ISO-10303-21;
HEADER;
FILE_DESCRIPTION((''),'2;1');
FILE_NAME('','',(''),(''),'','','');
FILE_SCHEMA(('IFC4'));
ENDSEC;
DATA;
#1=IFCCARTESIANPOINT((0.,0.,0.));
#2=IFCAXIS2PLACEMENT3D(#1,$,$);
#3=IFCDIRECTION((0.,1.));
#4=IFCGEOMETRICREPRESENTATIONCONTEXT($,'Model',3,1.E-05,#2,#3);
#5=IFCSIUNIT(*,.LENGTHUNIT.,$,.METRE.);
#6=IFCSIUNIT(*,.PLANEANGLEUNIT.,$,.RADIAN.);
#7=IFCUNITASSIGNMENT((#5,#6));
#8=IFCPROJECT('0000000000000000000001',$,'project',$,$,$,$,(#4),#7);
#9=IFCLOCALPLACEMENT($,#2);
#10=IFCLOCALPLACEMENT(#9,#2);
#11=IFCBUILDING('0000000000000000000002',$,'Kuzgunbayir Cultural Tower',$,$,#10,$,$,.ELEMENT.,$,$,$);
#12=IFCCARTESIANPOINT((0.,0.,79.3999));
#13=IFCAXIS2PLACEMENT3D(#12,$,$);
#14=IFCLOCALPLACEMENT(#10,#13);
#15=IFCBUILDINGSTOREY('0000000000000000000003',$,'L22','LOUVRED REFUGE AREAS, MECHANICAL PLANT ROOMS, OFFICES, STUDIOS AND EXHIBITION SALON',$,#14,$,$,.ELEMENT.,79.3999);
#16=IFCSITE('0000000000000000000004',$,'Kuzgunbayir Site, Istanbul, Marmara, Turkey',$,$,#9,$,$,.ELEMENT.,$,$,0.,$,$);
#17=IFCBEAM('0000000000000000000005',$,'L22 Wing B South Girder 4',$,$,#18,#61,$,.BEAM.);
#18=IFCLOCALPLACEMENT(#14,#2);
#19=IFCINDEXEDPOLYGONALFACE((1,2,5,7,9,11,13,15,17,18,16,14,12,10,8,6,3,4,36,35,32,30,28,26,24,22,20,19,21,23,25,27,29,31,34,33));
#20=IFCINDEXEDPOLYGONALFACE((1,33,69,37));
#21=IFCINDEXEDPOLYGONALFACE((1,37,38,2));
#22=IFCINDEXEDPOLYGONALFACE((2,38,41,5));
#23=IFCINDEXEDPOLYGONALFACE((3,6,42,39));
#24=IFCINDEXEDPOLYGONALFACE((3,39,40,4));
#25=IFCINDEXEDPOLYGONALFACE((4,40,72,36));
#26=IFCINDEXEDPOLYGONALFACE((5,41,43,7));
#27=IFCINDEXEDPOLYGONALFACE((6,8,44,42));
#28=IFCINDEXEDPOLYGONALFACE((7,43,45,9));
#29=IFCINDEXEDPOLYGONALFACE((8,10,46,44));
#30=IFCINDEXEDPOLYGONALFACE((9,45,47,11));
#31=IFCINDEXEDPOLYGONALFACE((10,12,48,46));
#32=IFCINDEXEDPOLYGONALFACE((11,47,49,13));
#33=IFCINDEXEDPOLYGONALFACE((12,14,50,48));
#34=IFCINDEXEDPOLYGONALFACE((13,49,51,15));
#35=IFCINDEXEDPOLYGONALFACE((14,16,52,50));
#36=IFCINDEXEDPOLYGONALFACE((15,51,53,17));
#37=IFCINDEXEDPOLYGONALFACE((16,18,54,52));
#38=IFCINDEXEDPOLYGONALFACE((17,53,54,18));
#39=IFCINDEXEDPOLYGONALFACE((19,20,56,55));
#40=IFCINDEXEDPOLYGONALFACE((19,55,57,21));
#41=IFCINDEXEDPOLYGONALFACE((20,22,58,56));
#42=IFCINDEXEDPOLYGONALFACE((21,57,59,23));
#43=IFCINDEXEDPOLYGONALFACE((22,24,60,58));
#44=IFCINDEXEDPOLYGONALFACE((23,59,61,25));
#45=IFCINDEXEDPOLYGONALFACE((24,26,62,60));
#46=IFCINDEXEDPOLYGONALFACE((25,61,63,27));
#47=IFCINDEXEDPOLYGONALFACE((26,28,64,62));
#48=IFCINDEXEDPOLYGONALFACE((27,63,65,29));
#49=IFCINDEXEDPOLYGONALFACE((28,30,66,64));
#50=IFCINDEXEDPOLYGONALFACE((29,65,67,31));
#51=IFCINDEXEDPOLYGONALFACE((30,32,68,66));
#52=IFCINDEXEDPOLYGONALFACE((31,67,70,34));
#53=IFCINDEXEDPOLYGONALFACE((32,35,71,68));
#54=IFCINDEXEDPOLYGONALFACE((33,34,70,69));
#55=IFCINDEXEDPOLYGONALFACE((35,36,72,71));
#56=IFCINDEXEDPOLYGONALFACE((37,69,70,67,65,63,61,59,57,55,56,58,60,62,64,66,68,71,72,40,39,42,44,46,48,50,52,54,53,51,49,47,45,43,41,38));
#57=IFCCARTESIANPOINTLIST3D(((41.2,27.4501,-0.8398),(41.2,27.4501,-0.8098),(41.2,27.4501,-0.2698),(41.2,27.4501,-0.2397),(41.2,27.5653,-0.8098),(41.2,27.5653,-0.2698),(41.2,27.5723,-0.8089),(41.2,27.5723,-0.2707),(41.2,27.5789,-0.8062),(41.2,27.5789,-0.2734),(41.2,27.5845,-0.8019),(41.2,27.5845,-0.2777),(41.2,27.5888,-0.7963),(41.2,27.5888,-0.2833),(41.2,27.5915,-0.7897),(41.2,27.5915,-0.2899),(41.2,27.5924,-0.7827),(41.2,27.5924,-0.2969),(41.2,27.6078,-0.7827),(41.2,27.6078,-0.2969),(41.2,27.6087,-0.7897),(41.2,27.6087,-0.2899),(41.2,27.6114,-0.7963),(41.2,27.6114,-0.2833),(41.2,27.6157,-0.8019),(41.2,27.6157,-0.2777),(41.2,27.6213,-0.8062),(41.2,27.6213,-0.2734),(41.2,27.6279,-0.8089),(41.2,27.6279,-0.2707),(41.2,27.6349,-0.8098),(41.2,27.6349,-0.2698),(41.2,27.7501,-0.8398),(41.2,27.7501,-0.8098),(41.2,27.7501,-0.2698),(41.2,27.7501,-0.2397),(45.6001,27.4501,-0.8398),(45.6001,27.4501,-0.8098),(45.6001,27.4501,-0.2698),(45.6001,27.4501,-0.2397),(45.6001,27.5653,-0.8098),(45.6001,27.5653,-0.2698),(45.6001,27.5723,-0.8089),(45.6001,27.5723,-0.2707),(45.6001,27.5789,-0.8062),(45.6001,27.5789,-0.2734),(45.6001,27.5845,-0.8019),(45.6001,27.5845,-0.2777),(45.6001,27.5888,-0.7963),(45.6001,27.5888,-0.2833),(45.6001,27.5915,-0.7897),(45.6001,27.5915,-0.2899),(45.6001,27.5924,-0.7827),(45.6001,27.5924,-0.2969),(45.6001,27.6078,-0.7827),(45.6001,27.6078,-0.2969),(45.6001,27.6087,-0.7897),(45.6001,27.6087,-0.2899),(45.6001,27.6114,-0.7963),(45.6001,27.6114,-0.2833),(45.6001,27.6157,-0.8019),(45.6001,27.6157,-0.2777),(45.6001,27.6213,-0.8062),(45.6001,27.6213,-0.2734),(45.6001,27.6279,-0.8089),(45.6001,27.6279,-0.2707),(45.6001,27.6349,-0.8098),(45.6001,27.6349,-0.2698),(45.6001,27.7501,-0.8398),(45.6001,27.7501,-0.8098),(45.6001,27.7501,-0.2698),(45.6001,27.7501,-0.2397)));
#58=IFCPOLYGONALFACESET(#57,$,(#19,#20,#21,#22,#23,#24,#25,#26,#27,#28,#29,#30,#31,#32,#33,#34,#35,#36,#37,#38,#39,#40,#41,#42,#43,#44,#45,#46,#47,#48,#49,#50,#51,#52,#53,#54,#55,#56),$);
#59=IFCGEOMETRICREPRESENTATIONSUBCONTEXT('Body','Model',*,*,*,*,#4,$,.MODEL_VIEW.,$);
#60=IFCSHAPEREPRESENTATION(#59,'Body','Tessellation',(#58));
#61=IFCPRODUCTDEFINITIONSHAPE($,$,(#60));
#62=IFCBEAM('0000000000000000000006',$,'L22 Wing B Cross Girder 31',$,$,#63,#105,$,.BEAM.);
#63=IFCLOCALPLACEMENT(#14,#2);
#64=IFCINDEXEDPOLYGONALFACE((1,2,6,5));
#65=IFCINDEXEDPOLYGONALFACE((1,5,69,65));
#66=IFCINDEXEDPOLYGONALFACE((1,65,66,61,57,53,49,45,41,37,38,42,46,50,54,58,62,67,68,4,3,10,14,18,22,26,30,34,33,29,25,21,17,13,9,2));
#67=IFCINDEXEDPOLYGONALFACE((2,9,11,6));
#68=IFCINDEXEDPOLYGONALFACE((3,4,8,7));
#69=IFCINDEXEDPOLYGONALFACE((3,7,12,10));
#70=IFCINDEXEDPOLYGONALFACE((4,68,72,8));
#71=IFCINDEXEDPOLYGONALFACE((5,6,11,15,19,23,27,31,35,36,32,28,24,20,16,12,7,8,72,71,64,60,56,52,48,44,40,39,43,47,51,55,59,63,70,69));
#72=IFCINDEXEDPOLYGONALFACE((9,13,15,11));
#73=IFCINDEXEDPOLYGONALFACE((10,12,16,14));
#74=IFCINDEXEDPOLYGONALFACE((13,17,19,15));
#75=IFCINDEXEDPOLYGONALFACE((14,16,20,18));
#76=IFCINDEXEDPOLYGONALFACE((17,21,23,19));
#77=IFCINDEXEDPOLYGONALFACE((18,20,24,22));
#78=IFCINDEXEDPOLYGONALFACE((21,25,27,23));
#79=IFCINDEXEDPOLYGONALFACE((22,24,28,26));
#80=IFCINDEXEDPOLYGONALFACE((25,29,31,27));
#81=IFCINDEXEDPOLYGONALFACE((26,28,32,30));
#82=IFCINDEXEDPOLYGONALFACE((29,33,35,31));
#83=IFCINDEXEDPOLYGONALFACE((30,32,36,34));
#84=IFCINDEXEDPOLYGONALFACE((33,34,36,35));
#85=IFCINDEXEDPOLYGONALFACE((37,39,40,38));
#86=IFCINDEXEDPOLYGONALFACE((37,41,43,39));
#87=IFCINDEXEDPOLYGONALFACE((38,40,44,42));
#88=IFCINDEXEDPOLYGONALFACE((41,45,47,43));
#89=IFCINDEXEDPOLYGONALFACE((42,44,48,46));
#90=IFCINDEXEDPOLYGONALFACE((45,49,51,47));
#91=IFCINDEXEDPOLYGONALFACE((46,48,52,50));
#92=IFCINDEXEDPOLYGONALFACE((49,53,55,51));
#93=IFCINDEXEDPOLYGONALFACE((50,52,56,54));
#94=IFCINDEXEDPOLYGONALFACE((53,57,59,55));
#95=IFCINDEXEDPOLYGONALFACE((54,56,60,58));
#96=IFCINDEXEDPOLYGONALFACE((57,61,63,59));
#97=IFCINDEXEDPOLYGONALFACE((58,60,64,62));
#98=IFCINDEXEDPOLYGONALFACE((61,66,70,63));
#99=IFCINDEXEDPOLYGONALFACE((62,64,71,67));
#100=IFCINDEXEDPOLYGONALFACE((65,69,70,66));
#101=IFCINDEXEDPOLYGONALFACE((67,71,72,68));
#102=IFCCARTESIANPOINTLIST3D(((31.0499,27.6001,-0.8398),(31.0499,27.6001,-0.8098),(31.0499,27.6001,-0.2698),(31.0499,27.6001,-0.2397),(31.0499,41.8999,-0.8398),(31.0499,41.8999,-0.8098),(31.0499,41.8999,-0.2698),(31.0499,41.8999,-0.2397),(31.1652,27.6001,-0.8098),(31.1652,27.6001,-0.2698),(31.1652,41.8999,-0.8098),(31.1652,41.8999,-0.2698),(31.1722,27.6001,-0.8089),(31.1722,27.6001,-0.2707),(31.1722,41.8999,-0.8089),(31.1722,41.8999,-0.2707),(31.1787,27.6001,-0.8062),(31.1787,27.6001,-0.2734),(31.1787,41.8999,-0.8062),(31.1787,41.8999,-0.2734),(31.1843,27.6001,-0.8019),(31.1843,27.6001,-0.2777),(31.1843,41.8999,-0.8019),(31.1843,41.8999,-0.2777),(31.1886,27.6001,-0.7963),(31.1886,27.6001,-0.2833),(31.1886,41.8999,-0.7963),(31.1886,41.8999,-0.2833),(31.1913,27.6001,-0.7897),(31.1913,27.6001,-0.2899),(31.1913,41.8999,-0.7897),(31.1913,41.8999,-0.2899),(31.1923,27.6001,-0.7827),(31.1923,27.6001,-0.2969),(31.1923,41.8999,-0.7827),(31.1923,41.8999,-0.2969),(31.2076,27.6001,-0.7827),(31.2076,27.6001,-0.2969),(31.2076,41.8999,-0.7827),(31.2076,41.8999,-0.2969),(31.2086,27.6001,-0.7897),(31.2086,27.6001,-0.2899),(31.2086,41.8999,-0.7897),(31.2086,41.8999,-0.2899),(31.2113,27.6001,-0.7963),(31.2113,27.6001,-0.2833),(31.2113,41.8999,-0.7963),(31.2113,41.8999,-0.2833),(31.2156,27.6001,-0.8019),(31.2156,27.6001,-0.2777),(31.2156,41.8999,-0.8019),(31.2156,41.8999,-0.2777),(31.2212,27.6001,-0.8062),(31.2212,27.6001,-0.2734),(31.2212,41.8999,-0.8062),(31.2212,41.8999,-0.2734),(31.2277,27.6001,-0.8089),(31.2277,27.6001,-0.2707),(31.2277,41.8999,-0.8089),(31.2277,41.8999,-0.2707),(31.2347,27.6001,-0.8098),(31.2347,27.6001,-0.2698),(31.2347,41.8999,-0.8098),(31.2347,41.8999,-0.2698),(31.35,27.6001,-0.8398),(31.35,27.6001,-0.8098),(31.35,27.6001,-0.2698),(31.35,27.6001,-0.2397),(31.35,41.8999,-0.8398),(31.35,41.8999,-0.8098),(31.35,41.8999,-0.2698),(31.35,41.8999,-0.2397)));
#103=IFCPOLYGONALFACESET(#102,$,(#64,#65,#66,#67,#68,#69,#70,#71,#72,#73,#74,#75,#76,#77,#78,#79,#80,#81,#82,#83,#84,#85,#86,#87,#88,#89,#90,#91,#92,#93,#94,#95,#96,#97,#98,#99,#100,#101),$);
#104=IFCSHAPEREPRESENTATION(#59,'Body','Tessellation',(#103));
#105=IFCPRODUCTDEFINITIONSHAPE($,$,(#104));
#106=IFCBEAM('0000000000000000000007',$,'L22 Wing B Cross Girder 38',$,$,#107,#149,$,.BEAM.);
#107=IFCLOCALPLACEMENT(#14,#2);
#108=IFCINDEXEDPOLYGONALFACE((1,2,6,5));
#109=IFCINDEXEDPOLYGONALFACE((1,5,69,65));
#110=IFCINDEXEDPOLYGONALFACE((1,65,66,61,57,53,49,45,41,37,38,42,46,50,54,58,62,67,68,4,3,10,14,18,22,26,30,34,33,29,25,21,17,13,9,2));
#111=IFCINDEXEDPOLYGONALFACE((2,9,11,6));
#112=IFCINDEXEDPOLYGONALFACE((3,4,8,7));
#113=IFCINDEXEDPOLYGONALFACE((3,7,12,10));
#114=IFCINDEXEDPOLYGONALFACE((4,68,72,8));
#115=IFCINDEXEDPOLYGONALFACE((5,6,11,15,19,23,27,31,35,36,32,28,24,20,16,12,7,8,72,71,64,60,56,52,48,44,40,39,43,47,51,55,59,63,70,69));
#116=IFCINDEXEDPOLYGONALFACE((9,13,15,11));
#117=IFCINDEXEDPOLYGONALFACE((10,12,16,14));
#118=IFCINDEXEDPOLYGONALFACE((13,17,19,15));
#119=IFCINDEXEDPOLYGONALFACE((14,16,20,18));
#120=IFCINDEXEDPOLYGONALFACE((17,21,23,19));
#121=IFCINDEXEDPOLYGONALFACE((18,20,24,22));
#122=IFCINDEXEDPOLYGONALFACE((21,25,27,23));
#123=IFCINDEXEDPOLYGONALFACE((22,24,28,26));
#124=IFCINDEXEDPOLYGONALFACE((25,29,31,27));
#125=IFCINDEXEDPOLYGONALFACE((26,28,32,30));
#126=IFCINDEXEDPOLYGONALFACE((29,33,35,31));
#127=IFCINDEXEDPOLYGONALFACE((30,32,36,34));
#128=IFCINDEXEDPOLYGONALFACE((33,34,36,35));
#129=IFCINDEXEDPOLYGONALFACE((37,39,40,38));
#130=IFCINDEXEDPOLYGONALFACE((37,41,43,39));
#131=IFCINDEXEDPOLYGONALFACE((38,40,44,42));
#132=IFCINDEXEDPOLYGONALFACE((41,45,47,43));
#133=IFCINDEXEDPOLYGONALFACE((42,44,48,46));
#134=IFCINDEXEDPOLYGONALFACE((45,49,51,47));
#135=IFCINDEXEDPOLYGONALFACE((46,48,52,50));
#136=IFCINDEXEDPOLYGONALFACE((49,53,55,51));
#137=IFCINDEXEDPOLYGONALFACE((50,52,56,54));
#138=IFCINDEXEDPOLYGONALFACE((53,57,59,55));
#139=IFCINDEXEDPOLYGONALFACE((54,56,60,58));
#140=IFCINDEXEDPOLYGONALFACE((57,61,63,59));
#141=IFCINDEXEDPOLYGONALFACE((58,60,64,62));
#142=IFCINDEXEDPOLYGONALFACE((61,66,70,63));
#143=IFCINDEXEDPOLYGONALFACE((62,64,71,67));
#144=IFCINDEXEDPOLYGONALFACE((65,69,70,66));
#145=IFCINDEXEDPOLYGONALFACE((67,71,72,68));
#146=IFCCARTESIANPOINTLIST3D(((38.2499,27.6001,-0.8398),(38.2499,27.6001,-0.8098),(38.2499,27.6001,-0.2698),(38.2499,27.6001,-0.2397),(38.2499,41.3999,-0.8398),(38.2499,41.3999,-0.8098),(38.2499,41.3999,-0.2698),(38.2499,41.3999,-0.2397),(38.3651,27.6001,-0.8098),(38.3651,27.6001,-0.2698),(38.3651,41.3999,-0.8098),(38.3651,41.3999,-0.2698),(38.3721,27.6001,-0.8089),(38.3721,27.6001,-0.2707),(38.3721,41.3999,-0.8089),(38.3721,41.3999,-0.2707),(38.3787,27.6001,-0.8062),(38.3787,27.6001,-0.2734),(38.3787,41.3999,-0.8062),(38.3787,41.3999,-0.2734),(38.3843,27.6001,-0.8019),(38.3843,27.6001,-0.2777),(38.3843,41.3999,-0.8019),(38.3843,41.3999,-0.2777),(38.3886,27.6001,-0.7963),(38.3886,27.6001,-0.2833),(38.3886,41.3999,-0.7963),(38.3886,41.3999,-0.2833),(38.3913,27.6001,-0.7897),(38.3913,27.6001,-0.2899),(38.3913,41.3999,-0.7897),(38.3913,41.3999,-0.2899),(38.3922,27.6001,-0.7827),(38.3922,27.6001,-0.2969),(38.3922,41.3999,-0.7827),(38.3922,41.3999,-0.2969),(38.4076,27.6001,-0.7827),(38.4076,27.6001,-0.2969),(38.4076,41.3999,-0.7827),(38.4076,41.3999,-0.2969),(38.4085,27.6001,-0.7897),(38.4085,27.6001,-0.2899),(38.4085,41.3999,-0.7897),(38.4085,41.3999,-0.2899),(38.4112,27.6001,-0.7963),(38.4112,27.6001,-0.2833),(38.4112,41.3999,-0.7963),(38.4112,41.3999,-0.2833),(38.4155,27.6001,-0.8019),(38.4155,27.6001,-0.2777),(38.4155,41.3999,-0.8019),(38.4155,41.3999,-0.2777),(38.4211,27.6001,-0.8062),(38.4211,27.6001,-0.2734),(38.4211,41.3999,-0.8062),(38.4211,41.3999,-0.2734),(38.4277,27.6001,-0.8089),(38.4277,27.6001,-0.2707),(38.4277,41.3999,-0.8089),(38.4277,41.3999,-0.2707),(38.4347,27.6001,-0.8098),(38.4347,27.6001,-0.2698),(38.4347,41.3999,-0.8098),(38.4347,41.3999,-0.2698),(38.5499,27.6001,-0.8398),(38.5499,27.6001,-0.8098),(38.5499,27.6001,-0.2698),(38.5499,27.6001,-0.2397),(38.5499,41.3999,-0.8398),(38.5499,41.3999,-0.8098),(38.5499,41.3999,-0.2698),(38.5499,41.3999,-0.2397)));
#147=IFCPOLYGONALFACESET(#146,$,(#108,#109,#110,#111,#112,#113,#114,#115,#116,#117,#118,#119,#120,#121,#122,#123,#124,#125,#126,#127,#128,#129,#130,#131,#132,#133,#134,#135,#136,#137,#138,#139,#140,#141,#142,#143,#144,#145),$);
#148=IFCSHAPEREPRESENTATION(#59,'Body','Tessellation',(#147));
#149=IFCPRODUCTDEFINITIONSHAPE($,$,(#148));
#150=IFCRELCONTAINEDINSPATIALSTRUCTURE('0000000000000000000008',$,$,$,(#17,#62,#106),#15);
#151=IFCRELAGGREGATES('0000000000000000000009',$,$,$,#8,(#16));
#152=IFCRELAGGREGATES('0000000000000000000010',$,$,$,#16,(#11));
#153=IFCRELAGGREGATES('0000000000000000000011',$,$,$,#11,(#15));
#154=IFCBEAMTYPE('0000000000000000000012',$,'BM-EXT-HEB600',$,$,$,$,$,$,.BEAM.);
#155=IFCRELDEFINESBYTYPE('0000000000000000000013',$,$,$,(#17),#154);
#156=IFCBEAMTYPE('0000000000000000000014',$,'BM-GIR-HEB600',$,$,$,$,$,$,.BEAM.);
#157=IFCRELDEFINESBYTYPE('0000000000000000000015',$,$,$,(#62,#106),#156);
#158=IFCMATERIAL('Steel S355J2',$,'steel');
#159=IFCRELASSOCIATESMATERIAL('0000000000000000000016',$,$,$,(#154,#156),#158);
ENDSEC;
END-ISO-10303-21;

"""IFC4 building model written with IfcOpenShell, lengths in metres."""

from ifc_helpers import new_model, si_unit, direction, frame, origin, origin_2d, place, context, subcontext, project, spatial, i_section, extrude, material, material_profile, profile_set, type_object, element, save


model = new_model("IFC4")

# Units and contexts
model_context = context("Model", 3, precision=1e-05, world=origin(), true_north=direction((0.0, 1.0)))
body_context = subcontext(model_context, "Body", "Model", "MODEL_VIEW")
ifc_project = project(units=[si_unit("LENGTHUNIT", "METRE"), si_unit("PLANEANGLEUNIT", "RADIAN")], contexts=[model_context])

# Site, building, storey
site_placement = place(None, origin())
site = spatial("IfcSite", under=ifc_project, at=site_placement, Name="Kuzgunbayir Site, Istanbul, Marmara, Turkey", CompositionType="ELEMENT", RefElevation=0.0)
building_placement = place(site_placement, origin())
building = spatial("IfcBuilding", under=site, at=building_placement, Name="Kuzgunbayir Cultural Tower", CompositionType="ELEMENT")
storey_placement = place(building_placement, frame((0.0, 0.0, 79.3999)))
storey = spatial("IfcBuildingStorey", under=building, at=storey_placement, Name="L22", Description="LOUVRED REFUGE AREAS, MECHANICAL PLANT ROOMS, OFFICES, STUDIOS AND EXHIBITION SALON", CompositionType="ELEMENT", Elevation=79.3999)

# Beams
ifc_material_1 = material(Name="Steel S355J2", Category="steel")
ifc_material_profile_1 = material_profile(ifc_material_1, i_section(OverallWidth=0.3, OverallDepth=0.6001, WebThickness=0.0154, FlangeThickness=0.03, FilletRadius=0.0271, at=origin_2d()), Name="HEB 600")
ifc_profile_set_1 = profile_set([ifc_material_profile_1], Name="Steel S355J2")
beam_type_1 = type_object("IfcBeamType", Name="BM-EXT-HEB600", PredefinedType="BEAM", material=ifc_profile_set_1)
beam_1_placement = place(storey_placement, frame((41.2, 27.6001, -0.5398), z_axis=(1.0, 0.0, 0.0), x_axis=(0.0, 1.0, 0.0)))
element("IfcBeam", 1, at=beam_1_placement, inside=storey, type_object=beam_type_1, Name="L22 Wing B South Girder 4", PredefinedType="BEAM", context=body_context, shape_type="SweptSolid", body=[
    extrude(i_section(OverallWidth=0.3, OverallDepth=0.6001, WebThickness=0.0154, FlangeThickness=0.03, FilletRadius=0.0271, at=origin_2d()), origin(), (0.0, 0.0, 1.0), 4.4001),
])
ifc_material_profile_2 = material_profile(ifc_material_1, i_section(OverallWidth=0.3, OverallDepth=0.6001, WebThickness=0.0154, FlangeThickness=0.03, FilletRadius=0.0271, at=origin_2d()), Name="HEB 600")
ifc_profile_set_2 = profile_set([ifc_material_profile_2], Name="Steel S355J2")
beam_type_2 = type_object("IfcBeamType", Name="BM-GIR-HEB600", PredefinedType="BEAM", material=ifc_profile_set_2)
beam_2_placement = place(storey_placement, frame((31.2, 27.6001, -0.5398), z_axis=(0.0, 1.0, 0.0), x_axis=(-1.0, 0.0, 0.0)))
element("IfcBeam", 2, at=beam_2_placement, inside=storey, type_object=beam_type_2, Name="L22 Wing B Cross Girder 31", PredefinedType="BEAM", context=body_context, shape_type="SweptSolid", body=[
    extrude(i_section(OverallWidth=0.3, OverallDepth=0.6001, WebThickness=0.0154, FlangeThickness=0.03, FilletRadius=0.0271, at=origin_2d()), origin(), (0.0, 0.0, 1.0), 14.2998),
])
beam_3_placement = place(storey_placement, frame((38.3999, 27.6001, -0.5398), z_axis=(0.0, 1.0, 0.0), x_axis=(-1.0, 0.0, 0.0)))
element("IfcBeam", 3, at=beam_3_placement, inside=storey, type_object=beam_type_2, Name="L22 Wing B Cross Girder 38", PredefinedType="BEAM", context=body_context, shape_type="SweptSolid", body=[
    extrude(i_section(OverallWidth=0.3, OverallDepth=0.6001, WebThickness=0.0154, FlangeThickness=0.03, FilletRadius=0.0271, at=origin_2d()), origin(), (0.0, 0.0, 1.0), 13.7998),
])

save(model, "model.ifc")
